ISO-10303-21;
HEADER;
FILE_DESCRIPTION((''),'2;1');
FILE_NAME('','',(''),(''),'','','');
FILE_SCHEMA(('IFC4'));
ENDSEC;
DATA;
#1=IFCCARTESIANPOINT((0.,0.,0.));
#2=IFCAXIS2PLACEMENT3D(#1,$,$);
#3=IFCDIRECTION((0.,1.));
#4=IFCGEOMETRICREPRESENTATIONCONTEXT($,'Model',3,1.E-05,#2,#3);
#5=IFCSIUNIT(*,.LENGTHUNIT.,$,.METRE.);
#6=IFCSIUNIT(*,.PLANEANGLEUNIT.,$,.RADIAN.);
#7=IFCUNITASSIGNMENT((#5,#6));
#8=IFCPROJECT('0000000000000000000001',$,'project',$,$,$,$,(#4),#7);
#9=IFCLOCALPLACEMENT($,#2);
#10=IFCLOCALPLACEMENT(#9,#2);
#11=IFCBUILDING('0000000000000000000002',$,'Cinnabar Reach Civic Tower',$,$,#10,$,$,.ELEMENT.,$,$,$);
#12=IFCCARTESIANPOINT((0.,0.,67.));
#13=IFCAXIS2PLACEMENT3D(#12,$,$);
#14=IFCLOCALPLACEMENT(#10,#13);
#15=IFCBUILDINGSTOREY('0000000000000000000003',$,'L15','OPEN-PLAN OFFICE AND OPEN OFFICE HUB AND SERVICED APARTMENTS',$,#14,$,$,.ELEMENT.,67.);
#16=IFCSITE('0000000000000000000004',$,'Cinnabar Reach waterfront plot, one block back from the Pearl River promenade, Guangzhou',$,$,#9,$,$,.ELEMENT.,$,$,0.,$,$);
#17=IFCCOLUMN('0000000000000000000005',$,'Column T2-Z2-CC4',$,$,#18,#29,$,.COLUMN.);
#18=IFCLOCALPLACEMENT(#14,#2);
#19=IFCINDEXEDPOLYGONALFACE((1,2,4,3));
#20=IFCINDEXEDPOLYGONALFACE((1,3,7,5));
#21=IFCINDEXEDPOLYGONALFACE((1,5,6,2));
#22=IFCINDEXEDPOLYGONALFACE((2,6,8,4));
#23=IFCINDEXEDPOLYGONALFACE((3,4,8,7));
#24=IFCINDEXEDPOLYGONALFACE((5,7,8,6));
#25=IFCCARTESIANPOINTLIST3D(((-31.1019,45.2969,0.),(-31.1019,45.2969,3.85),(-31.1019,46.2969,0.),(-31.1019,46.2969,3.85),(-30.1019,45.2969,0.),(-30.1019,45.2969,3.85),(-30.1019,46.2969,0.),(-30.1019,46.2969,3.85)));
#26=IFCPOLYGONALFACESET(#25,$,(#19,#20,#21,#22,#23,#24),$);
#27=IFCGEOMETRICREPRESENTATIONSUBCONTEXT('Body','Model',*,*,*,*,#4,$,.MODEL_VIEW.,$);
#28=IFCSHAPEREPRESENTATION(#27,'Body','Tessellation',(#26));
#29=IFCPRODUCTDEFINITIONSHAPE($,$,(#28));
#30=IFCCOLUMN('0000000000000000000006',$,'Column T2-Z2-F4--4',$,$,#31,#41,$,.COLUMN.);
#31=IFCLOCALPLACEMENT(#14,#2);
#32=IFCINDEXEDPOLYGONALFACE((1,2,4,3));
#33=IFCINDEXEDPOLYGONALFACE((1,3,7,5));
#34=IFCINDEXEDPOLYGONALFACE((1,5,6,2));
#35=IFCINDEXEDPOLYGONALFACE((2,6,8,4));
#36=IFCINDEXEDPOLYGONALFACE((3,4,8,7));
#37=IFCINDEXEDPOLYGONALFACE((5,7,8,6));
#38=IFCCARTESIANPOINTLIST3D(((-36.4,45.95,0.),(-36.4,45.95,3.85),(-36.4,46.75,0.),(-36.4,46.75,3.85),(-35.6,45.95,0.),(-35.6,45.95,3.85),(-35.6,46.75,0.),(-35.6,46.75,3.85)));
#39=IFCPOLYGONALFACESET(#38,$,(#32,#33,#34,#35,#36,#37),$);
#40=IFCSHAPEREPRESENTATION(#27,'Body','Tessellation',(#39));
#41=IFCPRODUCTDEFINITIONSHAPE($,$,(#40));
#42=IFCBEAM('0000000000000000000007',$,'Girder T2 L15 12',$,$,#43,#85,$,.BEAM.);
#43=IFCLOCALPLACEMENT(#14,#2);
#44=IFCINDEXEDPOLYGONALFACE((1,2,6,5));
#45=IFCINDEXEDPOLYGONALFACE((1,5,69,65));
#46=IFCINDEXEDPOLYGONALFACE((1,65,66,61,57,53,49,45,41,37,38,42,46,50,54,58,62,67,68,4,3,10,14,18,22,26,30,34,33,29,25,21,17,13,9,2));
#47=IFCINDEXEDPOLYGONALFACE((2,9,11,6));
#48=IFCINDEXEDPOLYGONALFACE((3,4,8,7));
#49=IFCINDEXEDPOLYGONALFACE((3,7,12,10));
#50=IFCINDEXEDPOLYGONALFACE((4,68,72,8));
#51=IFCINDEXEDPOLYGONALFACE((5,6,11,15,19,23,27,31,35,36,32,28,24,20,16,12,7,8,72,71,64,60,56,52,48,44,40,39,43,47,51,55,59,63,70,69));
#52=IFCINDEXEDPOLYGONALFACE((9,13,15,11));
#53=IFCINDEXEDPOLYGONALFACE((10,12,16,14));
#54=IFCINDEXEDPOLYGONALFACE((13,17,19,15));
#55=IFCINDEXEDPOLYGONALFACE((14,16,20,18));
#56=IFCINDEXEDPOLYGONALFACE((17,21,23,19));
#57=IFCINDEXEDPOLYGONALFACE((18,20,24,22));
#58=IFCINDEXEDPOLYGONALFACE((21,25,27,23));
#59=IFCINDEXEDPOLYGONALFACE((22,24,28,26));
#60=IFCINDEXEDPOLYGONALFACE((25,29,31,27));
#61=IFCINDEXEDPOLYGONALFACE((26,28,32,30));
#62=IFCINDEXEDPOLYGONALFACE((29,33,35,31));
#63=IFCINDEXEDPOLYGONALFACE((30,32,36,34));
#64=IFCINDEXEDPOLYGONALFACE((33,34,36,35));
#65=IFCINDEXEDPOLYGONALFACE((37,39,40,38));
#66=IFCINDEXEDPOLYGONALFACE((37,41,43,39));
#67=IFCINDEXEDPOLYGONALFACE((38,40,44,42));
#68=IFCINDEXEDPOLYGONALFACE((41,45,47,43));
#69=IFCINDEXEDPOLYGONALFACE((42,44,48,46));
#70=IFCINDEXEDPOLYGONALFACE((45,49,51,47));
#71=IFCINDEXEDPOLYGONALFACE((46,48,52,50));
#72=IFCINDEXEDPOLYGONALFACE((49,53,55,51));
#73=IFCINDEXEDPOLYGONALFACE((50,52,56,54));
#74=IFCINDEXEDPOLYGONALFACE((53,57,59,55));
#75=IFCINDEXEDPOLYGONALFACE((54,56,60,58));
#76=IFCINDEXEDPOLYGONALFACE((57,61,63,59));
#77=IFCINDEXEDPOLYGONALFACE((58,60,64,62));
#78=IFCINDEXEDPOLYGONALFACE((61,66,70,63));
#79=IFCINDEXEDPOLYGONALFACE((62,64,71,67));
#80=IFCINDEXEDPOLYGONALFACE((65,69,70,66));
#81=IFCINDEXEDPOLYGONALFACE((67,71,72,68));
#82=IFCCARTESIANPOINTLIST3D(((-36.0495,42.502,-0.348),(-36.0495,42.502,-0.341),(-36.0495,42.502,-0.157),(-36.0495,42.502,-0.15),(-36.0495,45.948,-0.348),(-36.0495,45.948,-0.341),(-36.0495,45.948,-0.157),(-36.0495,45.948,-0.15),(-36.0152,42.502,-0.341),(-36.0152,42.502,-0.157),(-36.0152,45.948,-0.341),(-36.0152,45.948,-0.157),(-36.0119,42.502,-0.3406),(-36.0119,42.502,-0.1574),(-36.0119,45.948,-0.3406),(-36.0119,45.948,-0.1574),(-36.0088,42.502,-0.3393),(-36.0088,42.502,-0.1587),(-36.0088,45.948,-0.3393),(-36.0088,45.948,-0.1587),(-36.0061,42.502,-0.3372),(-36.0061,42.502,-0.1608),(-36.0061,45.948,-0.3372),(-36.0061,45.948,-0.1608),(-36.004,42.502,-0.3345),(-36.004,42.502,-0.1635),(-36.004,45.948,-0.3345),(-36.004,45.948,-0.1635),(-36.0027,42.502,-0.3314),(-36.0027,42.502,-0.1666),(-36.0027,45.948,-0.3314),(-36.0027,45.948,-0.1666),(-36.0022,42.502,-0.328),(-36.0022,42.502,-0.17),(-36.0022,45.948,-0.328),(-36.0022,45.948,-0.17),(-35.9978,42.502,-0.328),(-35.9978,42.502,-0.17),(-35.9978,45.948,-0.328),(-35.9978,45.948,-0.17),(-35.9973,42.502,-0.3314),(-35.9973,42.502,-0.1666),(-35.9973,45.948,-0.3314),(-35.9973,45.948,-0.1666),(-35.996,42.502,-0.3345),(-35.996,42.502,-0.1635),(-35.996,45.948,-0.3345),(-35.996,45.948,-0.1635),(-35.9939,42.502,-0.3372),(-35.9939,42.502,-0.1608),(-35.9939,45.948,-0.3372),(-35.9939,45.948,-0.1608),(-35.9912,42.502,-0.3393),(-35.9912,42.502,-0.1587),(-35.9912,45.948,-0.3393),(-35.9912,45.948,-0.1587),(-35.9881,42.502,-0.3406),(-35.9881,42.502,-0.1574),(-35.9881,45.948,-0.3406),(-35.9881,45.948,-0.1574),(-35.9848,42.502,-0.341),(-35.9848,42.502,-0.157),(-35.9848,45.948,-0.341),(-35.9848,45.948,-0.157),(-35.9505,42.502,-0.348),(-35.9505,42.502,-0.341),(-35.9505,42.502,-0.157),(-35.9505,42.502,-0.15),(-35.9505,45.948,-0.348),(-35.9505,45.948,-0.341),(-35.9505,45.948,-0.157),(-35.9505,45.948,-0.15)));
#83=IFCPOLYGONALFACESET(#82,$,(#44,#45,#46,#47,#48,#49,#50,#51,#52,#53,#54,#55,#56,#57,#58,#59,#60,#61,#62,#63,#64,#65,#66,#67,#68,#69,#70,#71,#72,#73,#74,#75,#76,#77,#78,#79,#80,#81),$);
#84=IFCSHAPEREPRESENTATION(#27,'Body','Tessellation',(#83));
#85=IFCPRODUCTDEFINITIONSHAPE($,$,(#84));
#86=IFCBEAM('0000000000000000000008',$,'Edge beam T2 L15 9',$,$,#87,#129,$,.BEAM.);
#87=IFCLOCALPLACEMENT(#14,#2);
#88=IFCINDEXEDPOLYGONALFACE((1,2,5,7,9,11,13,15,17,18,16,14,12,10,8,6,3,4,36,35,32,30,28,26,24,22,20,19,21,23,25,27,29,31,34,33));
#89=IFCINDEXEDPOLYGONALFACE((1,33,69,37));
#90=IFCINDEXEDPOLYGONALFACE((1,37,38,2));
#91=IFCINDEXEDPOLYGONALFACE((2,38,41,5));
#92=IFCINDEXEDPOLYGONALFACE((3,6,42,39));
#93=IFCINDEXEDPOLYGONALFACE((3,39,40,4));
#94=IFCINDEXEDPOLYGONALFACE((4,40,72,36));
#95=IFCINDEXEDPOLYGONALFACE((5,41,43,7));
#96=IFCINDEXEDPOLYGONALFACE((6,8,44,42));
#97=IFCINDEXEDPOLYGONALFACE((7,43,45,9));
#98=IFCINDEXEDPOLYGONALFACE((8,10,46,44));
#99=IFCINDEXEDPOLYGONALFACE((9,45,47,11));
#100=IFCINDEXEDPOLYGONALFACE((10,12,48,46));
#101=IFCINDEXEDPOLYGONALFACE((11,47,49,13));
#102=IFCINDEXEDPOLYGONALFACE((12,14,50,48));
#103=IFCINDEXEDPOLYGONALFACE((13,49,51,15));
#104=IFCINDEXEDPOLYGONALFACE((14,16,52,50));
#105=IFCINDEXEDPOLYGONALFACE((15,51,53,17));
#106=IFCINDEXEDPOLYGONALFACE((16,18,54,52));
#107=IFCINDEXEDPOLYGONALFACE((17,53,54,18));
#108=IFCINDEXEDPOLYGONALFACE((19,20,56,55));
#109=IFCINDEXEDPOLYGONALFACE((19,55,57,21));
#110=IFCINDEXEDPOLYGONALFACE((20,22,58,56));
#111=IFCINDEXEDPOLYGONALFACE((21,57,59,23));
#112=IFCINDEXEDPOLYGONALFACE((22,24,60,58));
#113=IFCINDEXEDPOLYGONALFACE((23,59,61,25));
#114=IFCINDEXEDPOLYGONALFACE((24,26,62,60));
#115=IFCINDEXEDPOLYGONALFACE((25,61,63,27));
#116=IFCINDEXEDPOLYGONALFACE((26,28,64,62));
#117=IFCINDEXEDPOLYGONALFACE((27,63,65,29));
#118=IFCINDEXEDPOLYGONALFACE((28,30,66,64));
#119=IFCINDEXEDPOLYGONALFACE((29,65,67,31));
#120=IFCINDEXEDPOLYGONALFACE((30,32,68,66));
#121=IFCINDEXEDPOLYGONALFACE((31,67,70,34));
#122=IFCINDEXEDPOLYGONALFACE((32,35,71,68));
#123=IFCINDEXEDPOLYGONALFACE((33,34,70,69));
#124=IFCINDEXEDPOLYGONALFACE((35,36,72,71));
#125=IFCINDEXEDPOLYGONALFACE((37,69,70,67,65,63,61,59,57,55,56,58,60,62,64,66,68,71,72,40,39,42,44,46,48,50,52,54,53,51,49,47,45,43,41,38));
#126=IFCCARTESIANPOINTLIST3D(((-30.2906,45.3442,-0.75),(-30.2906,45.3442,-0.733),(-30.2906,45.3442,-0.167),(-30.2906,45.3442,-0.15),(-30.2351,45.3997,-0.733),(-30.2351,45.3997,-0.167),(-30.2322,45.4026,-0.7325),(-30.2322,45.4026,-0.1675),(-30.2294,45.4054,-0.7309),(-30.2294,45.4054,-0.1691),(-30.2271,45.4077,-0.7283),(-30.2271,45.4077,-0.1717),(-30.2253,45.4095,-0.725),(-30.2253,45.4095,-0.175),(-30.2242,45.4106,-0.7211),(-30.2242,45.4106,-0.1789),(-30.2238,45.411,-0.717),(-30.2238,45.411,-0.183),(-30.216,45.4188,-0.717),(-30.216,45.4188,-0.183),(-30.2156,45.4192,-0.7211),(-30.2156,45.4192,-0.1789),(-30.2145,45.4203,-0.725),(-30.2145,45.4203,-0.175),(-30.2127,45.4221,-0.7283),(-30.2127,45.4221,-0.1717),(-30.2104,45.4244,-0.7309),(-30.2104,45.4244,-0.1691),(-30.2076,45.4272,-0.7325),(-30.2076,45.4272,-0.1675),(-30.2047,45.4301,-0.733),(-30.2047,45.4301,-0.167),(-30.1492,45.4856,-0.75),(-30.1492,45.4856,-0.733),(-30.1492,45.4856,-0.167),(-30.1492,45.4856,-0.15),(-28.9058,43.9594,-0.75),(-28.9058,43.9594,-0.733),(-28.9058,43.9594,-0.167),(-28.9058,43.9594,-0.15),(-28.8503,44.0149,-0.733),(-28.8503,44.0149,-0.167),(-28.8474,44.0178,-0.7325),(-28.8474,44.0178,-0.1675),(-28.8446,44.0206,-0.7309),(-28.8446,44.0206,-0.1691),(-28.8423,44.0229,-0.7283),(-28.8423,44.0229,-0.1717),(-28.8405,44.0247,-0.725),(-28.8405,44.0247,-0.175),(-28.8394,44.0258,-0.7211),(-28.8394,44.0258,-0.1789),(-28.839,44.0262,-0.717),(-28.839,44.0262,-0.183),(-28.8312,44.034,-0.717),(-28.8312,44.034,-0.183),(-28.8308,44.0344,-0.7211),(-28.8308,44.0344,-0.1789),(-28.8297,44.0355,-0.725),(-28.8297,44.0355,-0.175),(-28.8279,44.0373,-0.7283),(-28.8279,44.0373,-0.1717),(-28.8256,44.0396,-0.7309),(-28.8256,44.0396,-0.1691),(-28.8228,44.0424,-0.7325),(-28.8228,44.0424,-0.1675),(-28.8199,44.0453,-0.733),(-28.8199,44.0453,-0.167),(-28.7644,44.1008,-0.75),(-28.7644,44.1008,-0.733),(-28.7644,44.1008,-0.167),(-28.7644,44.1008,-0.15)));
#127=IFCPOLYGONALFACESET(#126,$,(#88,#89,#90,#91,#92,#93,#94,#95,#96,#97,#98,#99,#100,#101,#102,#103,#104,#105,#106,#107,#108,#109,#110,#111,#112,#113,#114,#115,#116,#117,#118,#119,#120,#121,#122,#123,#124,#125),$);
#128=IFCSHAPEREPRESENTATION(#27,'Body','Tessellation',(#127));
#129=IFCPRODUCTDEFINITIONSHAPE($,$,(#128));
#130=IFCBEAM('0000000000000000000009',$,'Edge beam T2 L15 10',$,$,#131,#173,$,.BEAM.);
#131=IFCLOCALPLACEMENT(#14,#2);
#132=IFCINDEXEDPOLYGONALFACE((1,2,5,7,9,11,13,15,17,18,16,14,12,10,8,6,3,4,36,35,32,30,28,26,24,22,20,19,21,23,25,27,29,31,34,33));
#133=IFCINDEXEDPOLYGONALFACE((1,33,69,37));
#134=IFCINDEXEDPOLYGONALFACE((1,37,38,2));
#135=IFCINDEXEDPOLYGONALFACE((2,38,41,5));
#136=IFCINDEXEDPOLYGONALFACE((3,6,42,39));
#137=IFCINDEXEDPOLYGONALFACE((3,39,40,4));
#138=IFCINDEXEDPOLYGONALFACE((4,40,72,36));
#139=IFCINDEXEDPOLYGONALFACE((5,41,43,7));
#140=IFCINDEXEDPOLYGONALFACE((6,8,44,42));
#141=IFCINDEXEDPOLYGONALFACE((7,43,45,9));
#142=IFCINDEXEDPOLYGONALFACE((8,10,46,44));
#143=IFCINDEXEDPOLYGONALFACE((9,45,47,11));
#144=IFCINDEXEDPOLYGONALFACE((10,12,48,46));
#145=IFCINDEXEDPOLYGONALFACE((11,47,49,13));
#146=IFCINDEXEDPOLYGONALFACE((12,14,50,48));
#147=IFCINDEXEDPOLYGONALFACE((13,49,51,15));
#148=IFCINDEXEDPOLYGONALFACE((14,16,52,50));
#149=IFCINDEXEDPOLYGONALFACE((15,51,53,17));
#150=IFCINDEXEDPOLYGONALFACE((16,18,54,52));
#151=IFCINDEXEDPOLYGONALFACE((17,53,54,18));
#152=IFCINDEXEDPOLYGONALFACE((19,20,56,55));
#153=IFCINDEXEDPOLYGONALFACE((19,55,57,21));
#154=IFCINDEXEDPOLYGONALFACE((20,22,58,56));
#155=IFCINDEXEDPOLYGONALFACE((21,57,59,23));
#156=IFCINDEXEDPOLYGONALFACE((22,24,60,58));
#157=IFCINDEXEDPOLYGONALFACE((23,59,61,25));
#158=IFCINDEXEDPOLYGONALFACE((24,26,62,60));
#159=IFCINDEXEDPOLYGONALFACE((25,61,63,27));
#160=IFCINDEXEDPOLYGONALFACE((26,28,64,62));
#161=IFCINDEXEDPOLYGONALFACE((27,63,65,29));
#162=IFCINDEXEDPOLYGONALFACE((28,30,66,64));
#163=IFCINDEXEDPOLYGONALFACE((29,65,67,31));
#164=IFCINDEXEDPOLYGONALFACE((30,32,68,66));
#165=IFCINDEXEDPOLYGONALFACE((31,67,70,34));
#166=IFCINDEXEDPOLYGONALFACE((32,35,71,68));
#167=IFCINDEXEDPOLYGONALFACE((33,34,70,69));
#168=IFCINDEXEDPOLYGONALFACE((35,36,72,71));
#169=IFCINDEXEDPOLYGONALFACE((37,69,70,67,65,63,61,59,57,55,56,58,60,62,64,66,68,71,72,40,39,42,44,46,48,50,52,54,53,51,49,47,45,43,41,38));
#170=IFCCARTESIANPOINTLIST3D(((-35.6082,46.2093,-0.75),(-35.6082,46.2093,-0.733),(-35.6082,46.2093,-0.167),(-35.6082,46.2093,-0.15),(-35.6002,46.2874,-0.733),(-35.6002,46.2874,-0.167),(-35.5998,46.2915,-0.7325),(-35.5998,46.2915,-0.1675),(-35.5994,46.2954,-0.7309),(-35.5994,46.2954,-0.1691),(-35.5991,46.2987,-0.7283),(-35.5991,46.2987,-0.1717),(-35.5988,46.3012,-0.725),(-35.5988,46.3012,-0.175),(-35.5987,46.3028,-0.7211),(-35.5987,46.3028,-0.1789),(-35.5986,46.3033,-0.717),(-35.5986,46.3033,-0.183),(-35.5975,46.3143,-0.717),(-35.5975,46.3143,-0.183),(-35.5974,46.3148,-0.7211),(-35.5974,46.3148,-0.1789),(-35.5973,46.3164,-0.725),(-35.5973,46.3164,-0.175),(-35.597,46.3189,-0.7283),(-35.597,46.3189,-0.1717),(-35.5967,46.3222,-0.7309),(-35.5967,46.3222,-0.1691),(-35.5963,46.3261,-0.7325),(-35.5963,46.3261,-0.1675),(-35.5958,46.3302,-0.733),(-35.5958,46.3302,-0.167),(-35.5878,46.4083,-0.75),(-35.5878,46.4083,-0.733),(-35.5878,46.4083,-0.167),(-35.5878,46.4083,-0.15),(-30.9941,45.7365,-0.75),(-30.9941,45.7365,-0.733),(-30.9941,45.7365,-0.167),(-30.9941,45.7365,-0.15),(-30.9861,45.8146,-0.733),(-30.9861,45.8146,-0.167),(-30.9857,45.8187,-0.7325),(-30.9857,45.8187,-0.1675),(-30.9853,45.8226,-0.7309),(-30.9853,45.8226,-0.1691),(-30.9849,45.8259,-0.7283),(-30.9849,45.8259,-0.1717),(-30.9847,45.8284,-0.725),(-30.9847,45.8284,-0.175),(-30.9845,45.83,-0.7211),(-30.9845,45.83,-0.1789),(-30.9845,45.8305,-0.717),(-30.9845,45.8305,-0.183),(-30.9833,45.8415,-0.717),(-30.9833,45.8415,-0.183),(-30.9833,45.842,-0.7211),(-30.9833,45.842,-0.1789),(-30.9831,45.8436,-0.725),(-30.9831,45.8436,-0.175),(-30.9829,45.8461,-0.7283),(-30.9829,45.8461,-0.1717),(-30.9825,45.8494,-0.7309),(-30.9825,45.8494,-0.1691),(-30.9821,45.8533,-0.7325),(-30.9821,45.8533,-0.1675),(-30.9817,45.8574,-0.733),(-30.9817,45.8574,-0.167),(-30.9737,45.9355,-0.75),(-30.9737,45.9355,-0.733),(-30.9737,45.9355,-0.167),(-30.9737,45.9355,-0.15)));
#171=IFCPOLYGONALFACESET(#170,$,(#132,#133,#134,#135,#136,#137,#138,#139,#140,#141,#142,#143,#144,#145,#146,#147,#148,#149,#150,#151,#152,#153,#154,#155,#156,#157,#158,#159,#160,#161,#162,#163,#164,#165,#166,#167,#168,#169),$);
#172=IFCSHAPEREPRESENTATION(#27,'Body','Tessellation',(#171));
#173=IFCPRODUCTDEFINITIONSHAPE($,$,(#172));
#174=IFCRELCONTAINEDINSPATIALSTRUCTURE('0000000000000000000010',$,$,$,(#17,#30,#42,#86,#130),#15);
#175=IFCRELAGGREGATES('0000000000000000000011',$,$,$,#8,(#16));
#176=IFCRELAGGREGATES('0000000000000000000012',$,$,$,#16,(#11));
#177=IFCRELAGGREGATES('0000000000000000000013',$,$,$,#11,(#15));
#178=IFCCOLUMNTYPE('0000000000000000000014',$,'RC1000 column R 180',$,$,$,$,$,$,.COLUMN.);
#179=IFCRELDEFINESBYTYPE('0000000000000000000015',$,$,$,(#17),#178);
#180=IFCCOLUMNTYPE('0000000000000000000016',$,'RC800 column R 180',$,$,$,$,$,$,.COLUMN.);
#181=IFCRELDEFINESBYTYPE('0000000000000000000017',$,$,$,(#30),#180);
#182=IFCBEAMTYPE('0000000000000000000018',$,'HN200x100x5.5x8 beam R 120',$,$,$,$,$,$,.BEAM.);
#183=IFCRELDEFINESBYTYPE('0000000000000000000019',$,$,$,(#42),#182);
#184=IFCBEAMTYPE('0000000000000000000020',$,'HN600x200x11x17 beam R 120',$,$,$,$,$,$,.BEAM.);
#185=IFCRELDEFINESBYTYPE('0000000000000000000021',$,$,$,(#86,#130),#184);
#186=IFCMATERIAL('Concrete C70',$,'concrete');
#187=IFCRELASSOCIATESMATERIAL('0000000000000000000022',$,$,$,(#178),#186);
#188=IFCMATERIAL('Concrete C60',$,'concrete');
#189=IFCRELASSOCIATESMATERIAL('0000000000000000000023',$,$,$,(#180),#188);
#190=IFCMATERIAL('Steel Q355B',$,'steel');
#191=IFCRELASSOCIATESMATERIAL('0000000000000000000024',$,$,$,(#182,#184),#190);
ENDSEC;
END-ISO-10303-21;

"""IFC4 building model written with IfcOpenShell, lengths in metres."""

from ifc_helpers import new_model, si_unit, direction, frame, origin, origin_2d, place, context, subcontext, project, spatial, rectangle, i_section, extrude, material, material_profile, profile_set, type_object, element, save


model = new_model("IFC4")

# Units and contexts
model_context = context("Model", 3, precision=1e-05, world=origin(), true_north=direction((0.0, 1.0)))
body_context = subcontext(model_context, "Body", "Model", "MODEL_VIEW")
ifc_project = project(units=[si_unit("LENGTHUNIT", "METRE"), si_unit("PLANEANGLEUNIT", "RADIAN")], contexts=[model_context])

# Site, building, storey
site_placement = place(None, origin())
site = spatial("IfcSite", under=ifc_project, at=site_placement, Name="Cinnabar Reach waterfront plot, one block back from the Pearl River promenade, Guangzhou", CompositionType="ELEMENT", RefElevation=0.0)
building_placement = place(site_placement, origin())
building = spatial("IfcBuilding", under=site, at=building_placement, Name="Cinnabar Reach Civic Tower", CompositionType="ELEMENT")
storey_placement = place(building_placement, frame((0.0, 0.0, 67.0)))
storey = spatial("IfcBuildingStorey", under=building, at=storey_placement, Name="L15", Description="OPEN-PLAN OFFICE AND OPEN OFFICE HUB AND SERVICED APARTMENTS", CompositionType="ELEMENT", Elevation=67.0)

# Columns
ifc_material_1 = material(Name="Concrete C70", Category="concrete")
ifc_material_profile_1 = material_profile(ifc_material_1, rectangle(XDim=1.0, YDim=1.0, at=origin_2d()), Name="RC1000")
ifc_profile_set_1 = profile_set([ifc_material_profile_1], Name="Concrete C70")
column_type_1 = type_object("IfcColumnType", Name="RC1000 column R 180", PredefinedType="COLUMN", material=ifc_profile_set_1)
column_1_placement = place(storey_placement, frame((-30.6019, 45.7969, 0.0), z_axis=(0.0, 0.0, 1.0), x_axis=(1.0, 0.0, 0.0)))
element("IfcColumn", 1, at=column_1_placement, inside=storey, type_object=column_type_1, Name="Column T2-Z2-CC4", PredefinedType="COLUMN", context=body_context, shape_type="SweptSolid", body=[
    extrude(rectangle(XDim=1.0, YDim=1.0, at=origin_2d()), origin(), (0.0, 0.0, 1.0), 3.85),
])
ifc_material_2 = material(Name="Concrete C60", Category="concrete")
ifc_material_profile_2 = material_profile(ifc_material_2, rectangle(XDim=0.8, YDim=0.8, at=origin_2d()), Name="RC800")
ifc_profile_set_2 = profile_set([ifc_material_profile_2], Name="Concrete C60")
column_type_2 = type_object("IfcColumnType", Name="RC800 column R 180", PredefinedType="COLUMN", material=ifc_profile_set_2)
column_2_placement = place(storey_placement, frame((-36.0, 46.35, 0.0), z_axis=(0.0, 0.0, 1.0), x_axis=(1.0, 0.0, 0.0)))
element("IfcColumn", 2, at=column_2_placement, inside=storey, type_object=column_type_2, Name="Column T2-Z2-F4--4", PredefinedType="COLUMN", context=body_context, shape_type="SweptSolid", body=[
    extrude(rectangle(XDim=0.8, YDim=0.8, at=origin_2d()), origin(), (0.0, 0.0, 1.0), 3.85),
])

# Beams
ifc_material_3 = material(Name="Steel Q355B", Category="steel")
ifc_material_profile_3 = material_profile(ifc_material_3, i_section(OverallWidth=0.099, OverallDepth=0.198, WebThickness=0.0045, FlangeThickness=0.007, FilletRadius=0.013, at=origin_2d()), Name="HN200x100x5.5x8")
ifc_profile_set_3 = profile_set([ifc_material_profile_3], Name="Steel Q355B")
beam_type_1 = type_object("IfcBeamType", Name="HN200x100x5.5x8 beam R 120", PredefinedType="BEAM", material=ifc_profile_set_3)
beam_1_placement = place(storey_placement, frame((-36.0, 42.502, -0.249), z_axis=(0.0, 1.0, 0.0), x_axis=(-1.0, 0.0, 0.0)))
element("IfcBeam", 3, at=beam_1_placement, inside=storey, type_object=beam_type_1, Name="Girder T2 L15 12", PredefinedType="BEAM", context=body_context, shape_type="SweptSolid", body=[
    extrude(i_section(OverallWidth=0.099, OverallDepth=0.198, WebThickness=0.0045, FlangeThickness=0.007, FilletRadius=0.013, at=origin_2d()), origin(), (0.0, 0.0, 1.0), 3.446),
])
ifc_material_profile_4 = material_profile(ifc_material_3, i_section(OverallWidth=0.2, OverallDepth=0.6, WebThickness=0.011, FlangeThickness=0.017, FilletRadius=0.016, at=origin_2d()), Name="HN600x200x11x17")
ifc_profile_set_4 = profile_set([ifc_material_profile_4], Name="Steel Q355B")
beam_type_2 = type_object("IfcBeamType", Name="HN600x200x11x17 beam R 120", PredefinedType="BEAM", material=ifc_profile_set_4)
beam_2_placement = place(storey_placement, frame((-28.8351, 44.0301, -0.45), z_axis=(-0.707107, 0.707107, 0.0), x_axis=(-0.707107, -0.707107, 0.0)))
element("IfcBeam", 4, at=beam_2_placement, inside=storey, type_object=beam_type_2, Name="Edge beam T2 L15 9", PredefinedType="BEAM", context=body_context, shape_type="SweptSolid", body=[
    extrude(i_section(OverallWidth=0.2, OverallDepth=0.6, WebThickness=0.011, FlangeThickness=0.017, FilletRadius=0.016, at=origin_2d()), origin(), (0.0, 0.0, 1.0), 1.9584),
])
beam_3_placement = place(storey_placement, frame((-30.9839, 45.836, -0.45), z_axis=(-0.994791, 0.101935, 0.0), x_axis=(-0.101935, -0.994791, 0.0)))
element("IfcBeam", 5, at=beam_3_placement, inside=storey, type_object=beam_type_2, Name="Edge beam T2 L15 10", PredefinedType="BEAM", context=body_context, shape_type="SweptSolid", body=[
    extrude(i_section(OverallWidth=0.2, OverallDepth=0.6, WebThickness=0.011, FlangeThickness=0.017, FilletRadius=0.016, at=origin_2d()), origin(), (0.0, 0.0, 1.0), 4.6383),
])

save(model, "model.ifc")
